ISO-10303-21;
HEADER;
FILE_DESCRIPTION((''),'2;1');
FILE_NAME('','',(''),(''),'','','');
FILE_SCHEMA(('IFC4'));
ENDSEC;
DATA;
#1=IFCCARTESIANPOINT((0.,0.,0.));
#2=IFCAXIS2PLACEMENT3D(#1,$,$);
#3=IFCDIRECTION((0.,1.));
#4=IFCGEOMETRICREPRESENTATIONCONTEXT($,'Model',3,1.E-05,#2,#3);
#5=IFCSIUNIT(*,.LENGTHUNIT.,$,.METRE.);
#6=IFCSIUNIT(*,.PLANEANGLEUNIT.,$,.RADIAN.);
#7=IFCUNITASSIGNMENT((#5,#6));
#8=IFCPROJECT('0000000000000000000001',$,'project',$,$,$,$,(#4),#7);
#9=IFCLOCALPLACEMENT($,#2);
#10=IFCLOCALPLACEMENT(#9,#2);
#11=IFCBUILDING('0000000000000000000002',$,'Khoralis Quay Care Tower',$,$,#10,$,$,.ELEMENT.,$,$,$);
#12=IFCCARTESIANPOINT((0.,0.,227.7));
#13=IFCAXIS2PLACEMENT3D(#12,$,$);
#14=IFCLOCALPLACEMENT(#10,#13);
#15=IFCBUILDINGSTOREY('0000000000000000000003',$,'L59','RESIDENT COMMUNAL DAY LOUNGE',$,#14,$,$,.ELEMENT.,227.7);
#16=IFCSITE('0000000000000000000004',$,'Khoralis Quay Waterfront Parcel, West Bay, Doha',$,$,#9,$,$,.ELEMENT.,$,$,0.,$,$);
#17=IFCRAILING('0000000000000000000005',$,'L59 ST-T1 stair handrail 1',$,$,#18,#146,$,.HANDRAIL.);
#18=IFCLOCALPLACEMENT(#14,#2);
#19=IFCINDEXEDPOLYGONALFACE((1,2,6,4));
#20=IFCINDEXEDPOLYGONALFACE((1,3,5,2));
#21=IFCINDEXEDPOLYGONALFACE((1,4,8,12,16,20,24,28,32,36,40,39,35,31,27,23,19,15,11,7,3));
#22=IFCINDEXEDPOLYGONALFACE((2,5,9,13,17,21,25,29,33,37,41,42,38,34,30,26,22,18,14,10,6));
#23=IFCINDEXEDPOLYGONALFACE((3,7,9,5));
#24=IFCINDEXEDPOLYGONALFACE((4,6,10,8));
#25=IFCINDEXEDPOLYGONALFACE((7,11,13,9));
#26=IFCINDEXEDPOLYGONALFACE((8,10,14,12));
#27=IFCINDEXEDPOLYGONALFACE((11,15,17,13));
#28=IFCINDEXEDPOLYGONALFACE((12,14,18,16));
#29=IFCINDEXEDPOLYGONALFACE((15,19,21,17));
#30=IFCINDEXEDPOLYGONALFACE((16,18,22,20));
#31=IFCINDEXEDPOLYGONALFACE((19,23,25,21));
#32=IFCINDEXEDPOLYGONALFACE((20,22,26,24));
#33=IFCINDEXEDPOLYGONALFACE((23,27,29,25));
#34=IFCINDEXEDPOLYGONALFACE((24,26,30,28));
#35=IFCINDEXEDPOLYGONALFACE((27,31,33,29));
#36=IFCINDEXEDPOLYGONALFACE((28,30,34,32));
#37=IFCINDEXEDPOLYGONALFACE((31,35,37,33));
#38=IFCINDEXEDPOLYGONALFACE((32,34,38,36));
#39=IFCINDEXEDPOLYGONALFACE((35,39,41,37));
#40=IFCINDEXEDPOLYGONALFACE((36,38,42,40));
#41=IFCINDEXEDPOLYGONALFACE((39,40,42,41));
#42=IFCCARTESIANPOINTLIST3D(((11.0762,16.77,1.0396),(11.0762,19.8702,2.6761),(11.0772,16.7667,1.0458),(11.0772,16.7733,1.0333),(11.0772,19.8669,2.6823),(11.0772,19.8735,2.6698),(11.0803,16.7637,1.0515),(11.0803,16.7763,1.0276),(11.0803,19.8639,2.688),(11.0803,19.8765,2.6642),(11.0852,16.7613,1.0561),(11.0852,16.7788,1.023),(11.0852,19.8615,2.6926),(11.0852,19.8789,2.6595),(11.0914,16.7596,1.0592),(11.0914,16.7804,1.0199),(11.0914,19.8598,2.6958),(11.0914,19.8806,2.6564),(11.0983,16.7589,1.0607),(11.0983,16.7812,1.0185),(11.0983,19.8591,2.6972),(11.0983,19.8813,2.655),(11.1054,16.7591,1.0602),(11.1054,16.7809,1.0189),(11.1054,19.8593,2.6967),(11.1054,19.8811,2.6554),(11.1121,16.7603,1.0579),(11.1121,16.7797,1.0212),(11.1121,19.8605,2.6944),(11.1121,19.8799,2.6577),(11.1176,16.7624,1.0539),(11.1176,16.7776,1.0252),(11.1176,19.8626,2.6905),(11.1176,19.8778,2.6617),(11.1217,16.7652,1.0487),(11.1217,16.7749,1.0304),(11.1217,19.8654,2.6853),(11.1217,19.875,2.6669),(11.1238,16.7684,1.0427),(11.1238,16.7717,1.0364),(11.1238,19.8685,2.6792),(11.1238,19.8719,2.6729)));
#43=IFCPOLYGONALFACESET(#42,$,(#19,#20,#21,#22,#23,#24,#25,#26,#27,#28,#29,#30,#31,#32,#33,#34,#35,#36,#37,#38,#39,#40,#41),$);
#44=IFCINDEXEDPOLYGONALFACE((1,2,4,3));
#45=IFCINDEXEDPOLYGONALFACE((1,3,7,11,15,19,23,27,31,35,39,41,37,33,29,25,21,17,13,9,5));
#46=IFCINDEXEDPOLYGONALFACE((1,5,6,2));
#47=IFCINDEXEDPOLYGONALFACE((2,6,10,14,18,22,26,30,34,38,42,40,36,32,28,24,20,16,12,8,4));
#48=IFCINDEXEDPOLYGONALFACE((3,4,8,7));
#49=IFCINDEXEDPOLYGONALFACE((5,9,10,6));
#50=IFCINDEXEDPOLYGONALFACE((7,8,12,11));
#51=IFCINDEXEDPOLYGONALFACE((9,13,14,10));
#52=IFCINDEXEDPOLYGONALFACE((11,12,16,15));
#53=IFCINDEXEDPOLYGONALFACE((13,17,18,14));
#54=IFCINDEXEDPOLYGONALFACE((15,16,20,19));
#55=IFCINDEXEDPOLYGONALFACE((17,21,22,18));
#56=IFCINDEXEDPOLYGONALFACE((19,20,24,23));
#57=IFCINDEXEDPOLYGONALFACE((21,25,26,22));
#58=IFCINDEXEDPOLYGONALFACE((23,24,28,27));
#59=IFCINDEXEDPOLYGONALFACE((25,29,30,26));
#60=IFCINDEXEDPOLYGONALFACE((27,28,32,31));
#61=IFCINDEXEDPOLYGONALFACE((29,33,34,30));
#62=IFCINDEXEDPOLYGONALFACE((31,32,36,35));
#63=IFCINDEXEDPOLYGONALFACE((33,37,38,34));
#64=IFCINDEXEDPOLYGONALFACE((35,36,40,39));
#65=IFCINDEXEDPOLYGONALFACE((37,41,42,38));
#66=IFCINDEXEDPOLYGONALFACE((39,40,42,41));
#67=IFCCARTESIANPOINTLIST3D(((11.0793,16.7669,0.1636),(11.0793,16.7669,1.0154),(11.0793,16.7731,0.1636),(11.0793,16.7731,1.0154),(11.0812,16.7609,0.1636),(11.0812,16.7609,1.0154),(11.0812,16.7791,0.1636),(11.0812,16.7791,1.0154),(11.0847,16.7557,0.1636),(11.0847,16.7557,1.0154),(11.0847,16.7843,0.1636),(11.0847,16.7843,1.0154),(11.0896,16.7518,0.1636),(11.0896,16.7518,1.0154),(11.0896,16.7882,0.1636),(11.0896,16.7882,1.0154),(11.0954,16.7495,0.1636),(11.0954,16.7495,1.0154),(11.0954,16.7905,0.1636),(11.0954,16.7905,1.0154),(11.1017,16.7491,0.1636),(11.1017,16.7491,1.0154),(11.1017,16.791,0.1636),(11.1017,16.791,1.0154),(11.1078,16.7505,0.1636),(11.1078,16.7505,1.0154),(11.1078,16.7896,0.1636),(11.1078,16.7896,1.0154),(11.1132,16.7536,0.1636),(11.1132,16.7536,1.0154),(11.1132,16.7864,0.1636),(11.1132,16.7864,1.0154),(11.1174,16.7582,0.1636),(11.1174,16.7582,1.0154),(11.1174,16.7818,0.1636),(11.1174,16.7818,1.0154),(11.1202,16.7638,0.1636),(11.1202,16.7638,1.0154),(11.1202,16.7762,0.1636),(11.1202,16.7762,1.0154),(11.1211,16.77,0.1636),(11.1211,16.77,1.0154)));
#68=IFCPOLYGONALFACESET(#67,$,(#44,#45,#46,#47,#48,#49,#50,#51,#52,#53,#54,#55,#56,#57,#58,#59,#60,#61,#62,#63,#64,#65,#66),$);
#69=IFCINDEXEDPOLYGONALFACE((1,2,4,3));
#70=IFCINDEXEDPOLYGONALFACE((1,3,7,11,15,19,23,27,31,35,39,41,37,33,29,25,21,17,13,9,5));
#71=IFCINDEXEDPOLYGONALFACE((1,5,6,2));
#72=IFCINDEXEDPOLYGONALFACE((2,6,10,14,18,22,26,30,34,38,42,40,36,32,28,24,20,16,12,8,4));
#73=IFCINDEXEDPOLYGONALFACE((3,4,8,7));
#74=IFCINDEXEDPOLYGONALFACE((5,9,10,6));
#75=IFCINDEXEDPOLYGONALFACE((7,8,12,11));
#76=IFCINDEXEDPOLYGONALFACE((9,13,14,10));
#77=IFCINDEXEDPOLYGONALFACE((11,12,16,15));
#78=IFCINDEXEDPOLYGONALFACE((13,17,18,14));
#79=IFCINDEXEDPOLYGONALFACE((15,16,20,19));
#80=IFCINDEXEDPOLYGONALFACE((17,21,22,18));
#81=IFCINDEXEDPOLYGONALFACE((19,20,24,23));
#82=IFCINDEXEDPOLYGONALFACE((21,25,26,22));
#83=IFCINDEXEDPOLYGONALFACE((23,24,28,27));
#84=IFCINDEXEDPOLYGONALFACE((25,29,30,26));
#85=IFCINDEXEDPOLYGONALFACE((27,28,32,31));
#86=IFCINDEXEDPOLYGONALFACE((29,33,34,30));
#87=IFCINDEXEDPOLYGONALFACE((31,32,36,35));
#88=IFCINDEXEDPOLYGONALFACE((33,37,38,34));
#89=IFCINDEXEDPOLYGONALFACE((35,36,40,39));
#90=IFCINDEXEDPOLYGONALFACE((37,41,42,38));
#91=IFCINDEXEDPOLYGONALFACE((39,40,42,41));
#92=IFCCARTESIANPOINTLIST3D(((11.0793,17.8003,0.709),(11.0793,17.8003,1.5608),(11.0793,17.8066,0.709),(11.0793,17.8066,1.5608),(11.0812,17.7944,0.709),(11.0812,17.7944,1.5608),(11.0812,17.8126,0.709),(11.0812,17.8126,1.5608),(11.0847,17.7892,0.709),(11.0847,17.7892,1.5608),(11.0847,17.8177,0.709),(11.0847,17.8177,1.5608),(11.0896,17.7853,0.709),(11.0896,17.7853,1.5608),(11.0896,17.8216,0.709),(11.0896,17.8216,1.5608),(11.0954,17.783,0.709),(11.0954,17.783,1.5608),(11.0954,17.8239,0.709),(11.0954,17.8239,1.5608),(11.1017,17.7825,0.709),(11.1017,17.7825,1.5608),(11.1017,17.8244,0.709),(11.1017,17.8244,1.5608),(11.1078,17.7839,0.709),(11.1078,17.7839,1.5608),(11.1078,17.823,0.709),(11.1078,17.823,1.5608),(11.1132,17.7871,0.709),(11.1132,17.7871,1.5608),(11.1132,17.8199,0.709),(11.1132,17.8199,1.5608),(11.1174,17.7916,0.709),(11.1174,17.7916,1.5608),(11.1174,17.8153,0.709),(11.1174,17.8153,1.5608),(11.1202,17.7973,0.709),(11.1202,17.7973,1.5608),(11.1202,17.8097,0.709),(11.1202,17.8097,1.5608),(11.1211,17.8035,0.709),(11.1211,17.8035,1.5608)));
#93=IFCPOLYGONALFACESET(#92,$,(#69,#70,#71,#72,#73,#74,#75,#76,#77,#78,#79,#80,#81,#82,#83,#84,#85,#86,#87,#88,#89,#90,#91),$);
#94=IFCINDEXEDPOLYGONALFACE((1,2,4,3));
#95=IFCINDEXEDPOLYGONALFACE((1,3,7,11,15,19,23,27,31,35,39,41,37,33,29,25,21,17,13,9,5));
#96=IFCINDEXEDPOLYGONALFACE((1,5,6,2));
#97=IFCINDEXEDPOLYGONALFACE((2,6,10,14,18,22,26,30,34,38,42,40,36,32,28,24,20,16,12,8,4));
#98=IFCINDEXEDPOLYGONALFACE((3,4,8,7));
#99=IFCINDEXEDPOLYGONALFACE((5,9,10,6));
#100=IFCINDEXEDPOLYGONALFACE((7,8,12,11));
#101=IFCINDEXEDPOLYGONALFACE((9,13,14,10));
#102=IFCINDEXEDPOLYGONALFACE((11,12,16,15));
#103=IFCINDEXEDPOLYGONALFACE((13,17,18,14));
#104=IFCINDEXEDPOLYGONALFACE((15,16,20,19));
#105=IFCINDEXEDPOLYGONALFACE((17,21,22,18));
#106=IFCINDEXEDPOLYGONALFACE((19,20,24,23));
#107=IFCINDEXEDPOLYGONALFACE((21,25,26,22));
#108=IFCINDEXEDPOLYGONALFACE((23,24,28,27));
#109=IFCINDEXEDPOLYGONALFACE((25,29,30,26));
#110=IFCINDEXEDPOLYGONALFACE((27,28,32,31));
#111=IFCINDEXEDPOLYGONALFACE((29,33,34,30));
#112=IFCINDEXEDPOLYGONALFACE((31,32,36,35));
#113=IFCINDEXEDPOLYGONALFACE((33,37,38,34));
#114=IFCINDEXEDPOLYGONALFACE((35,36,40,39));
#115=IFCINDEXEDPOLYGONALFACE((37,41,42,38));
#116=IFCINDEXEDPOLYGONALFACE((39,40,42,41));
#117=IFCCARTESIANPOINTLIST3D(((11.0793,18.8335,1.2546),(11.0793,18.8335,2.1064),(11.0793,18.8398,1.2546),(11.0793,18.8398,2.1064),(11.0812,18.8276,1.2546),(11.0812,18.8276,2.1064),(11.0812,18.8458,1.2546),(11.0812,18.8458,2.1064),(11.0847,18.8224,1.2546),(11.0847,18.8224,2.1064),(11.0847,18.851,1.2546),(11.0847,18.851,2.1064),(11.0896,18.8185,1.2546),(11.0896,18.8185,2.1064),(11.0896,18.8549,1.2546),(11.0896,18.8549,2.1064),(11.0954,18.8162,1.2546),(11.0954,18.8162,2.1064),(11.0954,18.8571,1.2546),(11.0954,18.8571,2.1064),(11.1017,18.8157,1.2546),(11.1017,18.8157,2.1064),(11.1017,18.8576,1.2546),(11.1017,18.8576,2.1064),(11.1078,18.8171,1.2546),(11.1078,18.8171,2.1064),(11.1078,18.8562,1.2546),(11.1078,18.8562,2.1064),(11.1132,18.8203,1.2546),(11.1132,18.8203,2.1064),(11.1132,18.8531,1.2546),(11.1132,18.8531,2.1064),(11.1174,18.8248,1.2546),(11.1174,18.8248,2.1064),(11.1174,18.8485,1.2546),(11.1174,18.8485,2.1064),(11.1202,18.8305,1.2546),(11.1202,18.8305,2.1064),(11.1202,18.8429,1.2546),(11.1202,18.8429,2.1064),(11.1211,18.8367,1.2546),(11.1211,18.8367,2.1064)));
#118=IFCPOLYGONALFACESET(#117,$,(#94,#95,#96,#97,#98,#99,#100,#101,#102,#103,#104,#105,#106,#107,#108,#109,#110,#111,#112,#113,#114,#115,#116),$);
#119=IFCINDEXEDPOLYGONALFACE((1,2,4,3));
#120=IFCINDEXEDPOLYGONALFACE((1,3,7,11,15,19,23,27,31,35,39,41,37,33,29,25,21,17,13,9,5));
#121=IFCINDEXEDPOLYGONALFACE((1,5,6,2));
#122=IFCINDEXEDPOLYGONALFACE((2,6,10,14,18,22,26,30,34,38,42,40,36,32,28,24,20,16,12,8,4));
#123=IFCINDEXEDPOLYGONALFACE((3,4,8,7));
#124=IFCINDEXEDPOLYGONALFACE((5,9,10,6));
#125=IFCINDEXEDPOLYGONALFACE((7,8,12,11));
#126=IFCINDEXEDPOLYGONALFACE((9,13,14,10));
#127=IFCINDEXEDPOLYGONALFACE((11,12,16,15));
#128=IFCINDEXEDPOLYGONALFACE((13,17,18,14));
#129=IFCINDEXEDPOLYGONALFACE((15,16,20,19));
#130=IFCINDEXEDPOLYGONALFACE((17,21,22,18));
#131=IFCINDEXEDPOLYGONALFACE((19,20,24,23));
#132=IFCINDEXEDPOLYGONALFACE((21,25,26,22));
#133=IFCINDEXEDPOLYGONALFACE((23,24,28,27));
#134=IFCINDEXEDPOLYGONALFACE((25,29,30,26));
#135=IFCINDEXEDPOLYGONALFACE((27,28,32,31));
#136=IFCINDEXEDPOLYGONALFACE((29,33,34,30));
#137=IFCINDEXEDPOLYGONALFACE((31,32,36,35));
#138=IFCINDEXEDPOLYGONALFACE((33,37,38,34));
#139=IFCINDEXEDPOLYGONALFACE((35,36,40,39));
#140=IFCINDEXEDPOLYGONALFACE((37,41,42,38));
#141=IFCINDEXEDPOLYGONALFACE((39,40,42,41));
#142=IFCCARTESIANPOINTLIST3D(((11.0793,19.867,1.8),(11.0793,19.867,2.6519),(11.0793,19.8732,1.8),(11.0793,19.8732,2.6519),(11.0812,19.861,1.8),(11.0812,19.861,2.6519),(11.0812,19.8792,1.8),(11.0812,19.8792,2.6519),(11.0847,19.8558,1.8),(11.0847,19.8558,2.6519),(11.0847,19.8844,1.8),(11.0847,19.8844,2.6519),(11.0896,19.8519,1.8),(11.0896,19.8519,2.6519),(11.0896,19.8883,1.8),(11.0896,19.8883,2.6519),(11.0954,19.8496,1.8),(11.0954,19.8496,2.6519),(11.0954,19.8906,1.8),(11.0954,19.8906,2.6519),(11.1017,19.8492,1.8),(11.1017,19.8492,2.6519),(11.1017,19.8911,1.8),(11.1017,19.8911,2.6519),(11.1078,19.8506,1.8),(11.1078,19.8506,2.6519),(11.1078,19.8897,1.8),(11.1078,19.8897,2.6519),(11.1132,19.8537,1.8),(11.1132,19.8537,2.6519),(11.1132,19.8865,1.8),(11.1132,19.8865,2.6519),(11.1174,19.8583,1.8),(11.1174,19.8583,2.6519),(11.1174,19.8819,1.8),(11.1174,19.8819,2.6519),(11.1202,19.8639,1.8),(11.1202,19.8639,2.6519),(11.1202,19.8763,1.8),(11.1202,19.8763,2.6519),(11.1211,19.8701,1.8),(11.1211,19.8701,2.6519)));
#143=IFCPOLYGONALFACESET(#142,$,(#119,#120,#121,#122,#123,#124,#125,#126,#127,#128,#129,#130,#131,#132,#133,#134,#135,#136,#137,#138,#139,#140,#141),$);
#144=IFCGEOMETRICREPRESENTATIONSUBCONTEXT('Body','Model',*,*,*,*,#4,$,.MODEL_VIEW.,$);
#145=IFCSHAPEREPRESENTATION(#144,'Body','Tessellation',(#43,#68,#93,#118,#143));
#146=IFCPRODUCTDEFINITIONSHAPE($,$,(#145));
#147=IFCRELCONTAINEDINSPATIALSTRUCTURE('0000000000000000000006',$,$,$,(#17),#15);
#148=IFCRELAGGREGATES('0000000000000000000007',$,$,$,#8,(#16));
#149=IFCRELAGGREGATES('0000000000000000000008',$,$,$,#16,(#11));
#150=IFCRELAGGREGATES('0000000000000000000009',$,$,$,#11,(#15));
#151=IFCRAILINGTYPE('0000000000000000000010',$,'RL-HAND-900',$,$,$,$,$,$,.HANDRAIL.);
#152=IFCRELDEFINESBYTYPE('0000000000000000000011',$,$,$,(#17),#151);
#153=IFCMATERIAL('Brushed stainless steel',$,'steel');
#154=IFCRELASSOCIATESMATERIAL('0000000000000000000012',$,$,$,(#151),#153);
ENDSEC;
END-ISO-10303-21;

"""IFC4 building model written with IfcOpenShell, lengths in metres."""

from ifc_helpers import new_model, si_unit, direction, frame, origin, origin_2d, place, context, subcontext, project, spatial, circle, extrude, material, type_object, element, save


model = new_model("IFC4")

# Units and contexts
model_context = context("Model", 3, precision=1e-05, world=origin(), true_north=direction((0.0, 1.0)))
body_context = subcontext(model_context, "Body", "Model", "MODEL_VIEW")
ifc_project = project(units=[si_unit("LENGTHUNIT", "METRE"), si_unit("PLANEANGLEUNIT", "RADIAN")], contexts=[model_context])

# Site, building, storey
site_placement = place(None, origin())
site = spatial("IfcSite", under=ifc_project, at=site_placement, Name="Khoralis Quay Waterfront Parcel, West Bay, Doha", CompositionType="ELEMENT", RefElevation=0.0)
building_placement = place(site_placement, origin())
building = spatial("IfcBuilding", under=site, at=building_placement, Name="Khoralis Quay Care Tower", CompositionType="ELEMENT")
storey_placement = place(building_placement, frame((0.0, 0.0, 227.7)))
storey = spatial("IfcBuildingStorey", under=building, at=storey_placement, Name="L59", Description="RESIDENT COMMUNAL DAY LOUNGE", CompositionType="ELEMENT", Elevation=227.7)

# Railing
ifc_material_1 = material(Name="Brushed stainless steel", Category="steel")
railing_type_1 = type_object("IfcRailingType", Name="RL-HAND-900", PredefinedType="HANDRAIL", material=ifc_material_1)
railing_1_placement = place(storey_placement, frame((11.1001, 16.77, 0.1636)))
element("IfcRailing", 1, at=railing_1_placement, inside=storey, type_object=railing_type_1, Name="L59 ST-T1 stair handrail 1", PredefinedType="HANDRAIL", context=body_context, shape_type="SweptSolid", body=[
    extrude(circle(Radius=0.0239, at=origin_2d()), frame((0.0, 0.0, 0.876), z_axis=(0.0, 0.884348, 0.466828), x_axis=(-1.0, 0.0, 0.0)), (0.0, 0.0, 1.0), 3.5056),
    extrude(circle(Radius=0.021, at=origin_2d()), origin(), (0.0, 0.0, 1.0), 0.8518),
    extrude(circle(Radius=0.021, at=origin_2d()), frame((0.0, 1.0334, 0.5454)), (0.0, 0.0, 1.0), 0.8518),
    extrude(circle(Radius=0.021, at=origin_2d()), frame((0.0, 2.0667, 1.0911)), (0.0, 0.0, 1.0), 0.8518),
    extrude(circle(Radius=0.021, at=origin_2d()), frame((0.0, 3.1001, 1.6365)), (0.0, 0.0, 1.0), 0.8518),
])

save(model, "model.ifc")
